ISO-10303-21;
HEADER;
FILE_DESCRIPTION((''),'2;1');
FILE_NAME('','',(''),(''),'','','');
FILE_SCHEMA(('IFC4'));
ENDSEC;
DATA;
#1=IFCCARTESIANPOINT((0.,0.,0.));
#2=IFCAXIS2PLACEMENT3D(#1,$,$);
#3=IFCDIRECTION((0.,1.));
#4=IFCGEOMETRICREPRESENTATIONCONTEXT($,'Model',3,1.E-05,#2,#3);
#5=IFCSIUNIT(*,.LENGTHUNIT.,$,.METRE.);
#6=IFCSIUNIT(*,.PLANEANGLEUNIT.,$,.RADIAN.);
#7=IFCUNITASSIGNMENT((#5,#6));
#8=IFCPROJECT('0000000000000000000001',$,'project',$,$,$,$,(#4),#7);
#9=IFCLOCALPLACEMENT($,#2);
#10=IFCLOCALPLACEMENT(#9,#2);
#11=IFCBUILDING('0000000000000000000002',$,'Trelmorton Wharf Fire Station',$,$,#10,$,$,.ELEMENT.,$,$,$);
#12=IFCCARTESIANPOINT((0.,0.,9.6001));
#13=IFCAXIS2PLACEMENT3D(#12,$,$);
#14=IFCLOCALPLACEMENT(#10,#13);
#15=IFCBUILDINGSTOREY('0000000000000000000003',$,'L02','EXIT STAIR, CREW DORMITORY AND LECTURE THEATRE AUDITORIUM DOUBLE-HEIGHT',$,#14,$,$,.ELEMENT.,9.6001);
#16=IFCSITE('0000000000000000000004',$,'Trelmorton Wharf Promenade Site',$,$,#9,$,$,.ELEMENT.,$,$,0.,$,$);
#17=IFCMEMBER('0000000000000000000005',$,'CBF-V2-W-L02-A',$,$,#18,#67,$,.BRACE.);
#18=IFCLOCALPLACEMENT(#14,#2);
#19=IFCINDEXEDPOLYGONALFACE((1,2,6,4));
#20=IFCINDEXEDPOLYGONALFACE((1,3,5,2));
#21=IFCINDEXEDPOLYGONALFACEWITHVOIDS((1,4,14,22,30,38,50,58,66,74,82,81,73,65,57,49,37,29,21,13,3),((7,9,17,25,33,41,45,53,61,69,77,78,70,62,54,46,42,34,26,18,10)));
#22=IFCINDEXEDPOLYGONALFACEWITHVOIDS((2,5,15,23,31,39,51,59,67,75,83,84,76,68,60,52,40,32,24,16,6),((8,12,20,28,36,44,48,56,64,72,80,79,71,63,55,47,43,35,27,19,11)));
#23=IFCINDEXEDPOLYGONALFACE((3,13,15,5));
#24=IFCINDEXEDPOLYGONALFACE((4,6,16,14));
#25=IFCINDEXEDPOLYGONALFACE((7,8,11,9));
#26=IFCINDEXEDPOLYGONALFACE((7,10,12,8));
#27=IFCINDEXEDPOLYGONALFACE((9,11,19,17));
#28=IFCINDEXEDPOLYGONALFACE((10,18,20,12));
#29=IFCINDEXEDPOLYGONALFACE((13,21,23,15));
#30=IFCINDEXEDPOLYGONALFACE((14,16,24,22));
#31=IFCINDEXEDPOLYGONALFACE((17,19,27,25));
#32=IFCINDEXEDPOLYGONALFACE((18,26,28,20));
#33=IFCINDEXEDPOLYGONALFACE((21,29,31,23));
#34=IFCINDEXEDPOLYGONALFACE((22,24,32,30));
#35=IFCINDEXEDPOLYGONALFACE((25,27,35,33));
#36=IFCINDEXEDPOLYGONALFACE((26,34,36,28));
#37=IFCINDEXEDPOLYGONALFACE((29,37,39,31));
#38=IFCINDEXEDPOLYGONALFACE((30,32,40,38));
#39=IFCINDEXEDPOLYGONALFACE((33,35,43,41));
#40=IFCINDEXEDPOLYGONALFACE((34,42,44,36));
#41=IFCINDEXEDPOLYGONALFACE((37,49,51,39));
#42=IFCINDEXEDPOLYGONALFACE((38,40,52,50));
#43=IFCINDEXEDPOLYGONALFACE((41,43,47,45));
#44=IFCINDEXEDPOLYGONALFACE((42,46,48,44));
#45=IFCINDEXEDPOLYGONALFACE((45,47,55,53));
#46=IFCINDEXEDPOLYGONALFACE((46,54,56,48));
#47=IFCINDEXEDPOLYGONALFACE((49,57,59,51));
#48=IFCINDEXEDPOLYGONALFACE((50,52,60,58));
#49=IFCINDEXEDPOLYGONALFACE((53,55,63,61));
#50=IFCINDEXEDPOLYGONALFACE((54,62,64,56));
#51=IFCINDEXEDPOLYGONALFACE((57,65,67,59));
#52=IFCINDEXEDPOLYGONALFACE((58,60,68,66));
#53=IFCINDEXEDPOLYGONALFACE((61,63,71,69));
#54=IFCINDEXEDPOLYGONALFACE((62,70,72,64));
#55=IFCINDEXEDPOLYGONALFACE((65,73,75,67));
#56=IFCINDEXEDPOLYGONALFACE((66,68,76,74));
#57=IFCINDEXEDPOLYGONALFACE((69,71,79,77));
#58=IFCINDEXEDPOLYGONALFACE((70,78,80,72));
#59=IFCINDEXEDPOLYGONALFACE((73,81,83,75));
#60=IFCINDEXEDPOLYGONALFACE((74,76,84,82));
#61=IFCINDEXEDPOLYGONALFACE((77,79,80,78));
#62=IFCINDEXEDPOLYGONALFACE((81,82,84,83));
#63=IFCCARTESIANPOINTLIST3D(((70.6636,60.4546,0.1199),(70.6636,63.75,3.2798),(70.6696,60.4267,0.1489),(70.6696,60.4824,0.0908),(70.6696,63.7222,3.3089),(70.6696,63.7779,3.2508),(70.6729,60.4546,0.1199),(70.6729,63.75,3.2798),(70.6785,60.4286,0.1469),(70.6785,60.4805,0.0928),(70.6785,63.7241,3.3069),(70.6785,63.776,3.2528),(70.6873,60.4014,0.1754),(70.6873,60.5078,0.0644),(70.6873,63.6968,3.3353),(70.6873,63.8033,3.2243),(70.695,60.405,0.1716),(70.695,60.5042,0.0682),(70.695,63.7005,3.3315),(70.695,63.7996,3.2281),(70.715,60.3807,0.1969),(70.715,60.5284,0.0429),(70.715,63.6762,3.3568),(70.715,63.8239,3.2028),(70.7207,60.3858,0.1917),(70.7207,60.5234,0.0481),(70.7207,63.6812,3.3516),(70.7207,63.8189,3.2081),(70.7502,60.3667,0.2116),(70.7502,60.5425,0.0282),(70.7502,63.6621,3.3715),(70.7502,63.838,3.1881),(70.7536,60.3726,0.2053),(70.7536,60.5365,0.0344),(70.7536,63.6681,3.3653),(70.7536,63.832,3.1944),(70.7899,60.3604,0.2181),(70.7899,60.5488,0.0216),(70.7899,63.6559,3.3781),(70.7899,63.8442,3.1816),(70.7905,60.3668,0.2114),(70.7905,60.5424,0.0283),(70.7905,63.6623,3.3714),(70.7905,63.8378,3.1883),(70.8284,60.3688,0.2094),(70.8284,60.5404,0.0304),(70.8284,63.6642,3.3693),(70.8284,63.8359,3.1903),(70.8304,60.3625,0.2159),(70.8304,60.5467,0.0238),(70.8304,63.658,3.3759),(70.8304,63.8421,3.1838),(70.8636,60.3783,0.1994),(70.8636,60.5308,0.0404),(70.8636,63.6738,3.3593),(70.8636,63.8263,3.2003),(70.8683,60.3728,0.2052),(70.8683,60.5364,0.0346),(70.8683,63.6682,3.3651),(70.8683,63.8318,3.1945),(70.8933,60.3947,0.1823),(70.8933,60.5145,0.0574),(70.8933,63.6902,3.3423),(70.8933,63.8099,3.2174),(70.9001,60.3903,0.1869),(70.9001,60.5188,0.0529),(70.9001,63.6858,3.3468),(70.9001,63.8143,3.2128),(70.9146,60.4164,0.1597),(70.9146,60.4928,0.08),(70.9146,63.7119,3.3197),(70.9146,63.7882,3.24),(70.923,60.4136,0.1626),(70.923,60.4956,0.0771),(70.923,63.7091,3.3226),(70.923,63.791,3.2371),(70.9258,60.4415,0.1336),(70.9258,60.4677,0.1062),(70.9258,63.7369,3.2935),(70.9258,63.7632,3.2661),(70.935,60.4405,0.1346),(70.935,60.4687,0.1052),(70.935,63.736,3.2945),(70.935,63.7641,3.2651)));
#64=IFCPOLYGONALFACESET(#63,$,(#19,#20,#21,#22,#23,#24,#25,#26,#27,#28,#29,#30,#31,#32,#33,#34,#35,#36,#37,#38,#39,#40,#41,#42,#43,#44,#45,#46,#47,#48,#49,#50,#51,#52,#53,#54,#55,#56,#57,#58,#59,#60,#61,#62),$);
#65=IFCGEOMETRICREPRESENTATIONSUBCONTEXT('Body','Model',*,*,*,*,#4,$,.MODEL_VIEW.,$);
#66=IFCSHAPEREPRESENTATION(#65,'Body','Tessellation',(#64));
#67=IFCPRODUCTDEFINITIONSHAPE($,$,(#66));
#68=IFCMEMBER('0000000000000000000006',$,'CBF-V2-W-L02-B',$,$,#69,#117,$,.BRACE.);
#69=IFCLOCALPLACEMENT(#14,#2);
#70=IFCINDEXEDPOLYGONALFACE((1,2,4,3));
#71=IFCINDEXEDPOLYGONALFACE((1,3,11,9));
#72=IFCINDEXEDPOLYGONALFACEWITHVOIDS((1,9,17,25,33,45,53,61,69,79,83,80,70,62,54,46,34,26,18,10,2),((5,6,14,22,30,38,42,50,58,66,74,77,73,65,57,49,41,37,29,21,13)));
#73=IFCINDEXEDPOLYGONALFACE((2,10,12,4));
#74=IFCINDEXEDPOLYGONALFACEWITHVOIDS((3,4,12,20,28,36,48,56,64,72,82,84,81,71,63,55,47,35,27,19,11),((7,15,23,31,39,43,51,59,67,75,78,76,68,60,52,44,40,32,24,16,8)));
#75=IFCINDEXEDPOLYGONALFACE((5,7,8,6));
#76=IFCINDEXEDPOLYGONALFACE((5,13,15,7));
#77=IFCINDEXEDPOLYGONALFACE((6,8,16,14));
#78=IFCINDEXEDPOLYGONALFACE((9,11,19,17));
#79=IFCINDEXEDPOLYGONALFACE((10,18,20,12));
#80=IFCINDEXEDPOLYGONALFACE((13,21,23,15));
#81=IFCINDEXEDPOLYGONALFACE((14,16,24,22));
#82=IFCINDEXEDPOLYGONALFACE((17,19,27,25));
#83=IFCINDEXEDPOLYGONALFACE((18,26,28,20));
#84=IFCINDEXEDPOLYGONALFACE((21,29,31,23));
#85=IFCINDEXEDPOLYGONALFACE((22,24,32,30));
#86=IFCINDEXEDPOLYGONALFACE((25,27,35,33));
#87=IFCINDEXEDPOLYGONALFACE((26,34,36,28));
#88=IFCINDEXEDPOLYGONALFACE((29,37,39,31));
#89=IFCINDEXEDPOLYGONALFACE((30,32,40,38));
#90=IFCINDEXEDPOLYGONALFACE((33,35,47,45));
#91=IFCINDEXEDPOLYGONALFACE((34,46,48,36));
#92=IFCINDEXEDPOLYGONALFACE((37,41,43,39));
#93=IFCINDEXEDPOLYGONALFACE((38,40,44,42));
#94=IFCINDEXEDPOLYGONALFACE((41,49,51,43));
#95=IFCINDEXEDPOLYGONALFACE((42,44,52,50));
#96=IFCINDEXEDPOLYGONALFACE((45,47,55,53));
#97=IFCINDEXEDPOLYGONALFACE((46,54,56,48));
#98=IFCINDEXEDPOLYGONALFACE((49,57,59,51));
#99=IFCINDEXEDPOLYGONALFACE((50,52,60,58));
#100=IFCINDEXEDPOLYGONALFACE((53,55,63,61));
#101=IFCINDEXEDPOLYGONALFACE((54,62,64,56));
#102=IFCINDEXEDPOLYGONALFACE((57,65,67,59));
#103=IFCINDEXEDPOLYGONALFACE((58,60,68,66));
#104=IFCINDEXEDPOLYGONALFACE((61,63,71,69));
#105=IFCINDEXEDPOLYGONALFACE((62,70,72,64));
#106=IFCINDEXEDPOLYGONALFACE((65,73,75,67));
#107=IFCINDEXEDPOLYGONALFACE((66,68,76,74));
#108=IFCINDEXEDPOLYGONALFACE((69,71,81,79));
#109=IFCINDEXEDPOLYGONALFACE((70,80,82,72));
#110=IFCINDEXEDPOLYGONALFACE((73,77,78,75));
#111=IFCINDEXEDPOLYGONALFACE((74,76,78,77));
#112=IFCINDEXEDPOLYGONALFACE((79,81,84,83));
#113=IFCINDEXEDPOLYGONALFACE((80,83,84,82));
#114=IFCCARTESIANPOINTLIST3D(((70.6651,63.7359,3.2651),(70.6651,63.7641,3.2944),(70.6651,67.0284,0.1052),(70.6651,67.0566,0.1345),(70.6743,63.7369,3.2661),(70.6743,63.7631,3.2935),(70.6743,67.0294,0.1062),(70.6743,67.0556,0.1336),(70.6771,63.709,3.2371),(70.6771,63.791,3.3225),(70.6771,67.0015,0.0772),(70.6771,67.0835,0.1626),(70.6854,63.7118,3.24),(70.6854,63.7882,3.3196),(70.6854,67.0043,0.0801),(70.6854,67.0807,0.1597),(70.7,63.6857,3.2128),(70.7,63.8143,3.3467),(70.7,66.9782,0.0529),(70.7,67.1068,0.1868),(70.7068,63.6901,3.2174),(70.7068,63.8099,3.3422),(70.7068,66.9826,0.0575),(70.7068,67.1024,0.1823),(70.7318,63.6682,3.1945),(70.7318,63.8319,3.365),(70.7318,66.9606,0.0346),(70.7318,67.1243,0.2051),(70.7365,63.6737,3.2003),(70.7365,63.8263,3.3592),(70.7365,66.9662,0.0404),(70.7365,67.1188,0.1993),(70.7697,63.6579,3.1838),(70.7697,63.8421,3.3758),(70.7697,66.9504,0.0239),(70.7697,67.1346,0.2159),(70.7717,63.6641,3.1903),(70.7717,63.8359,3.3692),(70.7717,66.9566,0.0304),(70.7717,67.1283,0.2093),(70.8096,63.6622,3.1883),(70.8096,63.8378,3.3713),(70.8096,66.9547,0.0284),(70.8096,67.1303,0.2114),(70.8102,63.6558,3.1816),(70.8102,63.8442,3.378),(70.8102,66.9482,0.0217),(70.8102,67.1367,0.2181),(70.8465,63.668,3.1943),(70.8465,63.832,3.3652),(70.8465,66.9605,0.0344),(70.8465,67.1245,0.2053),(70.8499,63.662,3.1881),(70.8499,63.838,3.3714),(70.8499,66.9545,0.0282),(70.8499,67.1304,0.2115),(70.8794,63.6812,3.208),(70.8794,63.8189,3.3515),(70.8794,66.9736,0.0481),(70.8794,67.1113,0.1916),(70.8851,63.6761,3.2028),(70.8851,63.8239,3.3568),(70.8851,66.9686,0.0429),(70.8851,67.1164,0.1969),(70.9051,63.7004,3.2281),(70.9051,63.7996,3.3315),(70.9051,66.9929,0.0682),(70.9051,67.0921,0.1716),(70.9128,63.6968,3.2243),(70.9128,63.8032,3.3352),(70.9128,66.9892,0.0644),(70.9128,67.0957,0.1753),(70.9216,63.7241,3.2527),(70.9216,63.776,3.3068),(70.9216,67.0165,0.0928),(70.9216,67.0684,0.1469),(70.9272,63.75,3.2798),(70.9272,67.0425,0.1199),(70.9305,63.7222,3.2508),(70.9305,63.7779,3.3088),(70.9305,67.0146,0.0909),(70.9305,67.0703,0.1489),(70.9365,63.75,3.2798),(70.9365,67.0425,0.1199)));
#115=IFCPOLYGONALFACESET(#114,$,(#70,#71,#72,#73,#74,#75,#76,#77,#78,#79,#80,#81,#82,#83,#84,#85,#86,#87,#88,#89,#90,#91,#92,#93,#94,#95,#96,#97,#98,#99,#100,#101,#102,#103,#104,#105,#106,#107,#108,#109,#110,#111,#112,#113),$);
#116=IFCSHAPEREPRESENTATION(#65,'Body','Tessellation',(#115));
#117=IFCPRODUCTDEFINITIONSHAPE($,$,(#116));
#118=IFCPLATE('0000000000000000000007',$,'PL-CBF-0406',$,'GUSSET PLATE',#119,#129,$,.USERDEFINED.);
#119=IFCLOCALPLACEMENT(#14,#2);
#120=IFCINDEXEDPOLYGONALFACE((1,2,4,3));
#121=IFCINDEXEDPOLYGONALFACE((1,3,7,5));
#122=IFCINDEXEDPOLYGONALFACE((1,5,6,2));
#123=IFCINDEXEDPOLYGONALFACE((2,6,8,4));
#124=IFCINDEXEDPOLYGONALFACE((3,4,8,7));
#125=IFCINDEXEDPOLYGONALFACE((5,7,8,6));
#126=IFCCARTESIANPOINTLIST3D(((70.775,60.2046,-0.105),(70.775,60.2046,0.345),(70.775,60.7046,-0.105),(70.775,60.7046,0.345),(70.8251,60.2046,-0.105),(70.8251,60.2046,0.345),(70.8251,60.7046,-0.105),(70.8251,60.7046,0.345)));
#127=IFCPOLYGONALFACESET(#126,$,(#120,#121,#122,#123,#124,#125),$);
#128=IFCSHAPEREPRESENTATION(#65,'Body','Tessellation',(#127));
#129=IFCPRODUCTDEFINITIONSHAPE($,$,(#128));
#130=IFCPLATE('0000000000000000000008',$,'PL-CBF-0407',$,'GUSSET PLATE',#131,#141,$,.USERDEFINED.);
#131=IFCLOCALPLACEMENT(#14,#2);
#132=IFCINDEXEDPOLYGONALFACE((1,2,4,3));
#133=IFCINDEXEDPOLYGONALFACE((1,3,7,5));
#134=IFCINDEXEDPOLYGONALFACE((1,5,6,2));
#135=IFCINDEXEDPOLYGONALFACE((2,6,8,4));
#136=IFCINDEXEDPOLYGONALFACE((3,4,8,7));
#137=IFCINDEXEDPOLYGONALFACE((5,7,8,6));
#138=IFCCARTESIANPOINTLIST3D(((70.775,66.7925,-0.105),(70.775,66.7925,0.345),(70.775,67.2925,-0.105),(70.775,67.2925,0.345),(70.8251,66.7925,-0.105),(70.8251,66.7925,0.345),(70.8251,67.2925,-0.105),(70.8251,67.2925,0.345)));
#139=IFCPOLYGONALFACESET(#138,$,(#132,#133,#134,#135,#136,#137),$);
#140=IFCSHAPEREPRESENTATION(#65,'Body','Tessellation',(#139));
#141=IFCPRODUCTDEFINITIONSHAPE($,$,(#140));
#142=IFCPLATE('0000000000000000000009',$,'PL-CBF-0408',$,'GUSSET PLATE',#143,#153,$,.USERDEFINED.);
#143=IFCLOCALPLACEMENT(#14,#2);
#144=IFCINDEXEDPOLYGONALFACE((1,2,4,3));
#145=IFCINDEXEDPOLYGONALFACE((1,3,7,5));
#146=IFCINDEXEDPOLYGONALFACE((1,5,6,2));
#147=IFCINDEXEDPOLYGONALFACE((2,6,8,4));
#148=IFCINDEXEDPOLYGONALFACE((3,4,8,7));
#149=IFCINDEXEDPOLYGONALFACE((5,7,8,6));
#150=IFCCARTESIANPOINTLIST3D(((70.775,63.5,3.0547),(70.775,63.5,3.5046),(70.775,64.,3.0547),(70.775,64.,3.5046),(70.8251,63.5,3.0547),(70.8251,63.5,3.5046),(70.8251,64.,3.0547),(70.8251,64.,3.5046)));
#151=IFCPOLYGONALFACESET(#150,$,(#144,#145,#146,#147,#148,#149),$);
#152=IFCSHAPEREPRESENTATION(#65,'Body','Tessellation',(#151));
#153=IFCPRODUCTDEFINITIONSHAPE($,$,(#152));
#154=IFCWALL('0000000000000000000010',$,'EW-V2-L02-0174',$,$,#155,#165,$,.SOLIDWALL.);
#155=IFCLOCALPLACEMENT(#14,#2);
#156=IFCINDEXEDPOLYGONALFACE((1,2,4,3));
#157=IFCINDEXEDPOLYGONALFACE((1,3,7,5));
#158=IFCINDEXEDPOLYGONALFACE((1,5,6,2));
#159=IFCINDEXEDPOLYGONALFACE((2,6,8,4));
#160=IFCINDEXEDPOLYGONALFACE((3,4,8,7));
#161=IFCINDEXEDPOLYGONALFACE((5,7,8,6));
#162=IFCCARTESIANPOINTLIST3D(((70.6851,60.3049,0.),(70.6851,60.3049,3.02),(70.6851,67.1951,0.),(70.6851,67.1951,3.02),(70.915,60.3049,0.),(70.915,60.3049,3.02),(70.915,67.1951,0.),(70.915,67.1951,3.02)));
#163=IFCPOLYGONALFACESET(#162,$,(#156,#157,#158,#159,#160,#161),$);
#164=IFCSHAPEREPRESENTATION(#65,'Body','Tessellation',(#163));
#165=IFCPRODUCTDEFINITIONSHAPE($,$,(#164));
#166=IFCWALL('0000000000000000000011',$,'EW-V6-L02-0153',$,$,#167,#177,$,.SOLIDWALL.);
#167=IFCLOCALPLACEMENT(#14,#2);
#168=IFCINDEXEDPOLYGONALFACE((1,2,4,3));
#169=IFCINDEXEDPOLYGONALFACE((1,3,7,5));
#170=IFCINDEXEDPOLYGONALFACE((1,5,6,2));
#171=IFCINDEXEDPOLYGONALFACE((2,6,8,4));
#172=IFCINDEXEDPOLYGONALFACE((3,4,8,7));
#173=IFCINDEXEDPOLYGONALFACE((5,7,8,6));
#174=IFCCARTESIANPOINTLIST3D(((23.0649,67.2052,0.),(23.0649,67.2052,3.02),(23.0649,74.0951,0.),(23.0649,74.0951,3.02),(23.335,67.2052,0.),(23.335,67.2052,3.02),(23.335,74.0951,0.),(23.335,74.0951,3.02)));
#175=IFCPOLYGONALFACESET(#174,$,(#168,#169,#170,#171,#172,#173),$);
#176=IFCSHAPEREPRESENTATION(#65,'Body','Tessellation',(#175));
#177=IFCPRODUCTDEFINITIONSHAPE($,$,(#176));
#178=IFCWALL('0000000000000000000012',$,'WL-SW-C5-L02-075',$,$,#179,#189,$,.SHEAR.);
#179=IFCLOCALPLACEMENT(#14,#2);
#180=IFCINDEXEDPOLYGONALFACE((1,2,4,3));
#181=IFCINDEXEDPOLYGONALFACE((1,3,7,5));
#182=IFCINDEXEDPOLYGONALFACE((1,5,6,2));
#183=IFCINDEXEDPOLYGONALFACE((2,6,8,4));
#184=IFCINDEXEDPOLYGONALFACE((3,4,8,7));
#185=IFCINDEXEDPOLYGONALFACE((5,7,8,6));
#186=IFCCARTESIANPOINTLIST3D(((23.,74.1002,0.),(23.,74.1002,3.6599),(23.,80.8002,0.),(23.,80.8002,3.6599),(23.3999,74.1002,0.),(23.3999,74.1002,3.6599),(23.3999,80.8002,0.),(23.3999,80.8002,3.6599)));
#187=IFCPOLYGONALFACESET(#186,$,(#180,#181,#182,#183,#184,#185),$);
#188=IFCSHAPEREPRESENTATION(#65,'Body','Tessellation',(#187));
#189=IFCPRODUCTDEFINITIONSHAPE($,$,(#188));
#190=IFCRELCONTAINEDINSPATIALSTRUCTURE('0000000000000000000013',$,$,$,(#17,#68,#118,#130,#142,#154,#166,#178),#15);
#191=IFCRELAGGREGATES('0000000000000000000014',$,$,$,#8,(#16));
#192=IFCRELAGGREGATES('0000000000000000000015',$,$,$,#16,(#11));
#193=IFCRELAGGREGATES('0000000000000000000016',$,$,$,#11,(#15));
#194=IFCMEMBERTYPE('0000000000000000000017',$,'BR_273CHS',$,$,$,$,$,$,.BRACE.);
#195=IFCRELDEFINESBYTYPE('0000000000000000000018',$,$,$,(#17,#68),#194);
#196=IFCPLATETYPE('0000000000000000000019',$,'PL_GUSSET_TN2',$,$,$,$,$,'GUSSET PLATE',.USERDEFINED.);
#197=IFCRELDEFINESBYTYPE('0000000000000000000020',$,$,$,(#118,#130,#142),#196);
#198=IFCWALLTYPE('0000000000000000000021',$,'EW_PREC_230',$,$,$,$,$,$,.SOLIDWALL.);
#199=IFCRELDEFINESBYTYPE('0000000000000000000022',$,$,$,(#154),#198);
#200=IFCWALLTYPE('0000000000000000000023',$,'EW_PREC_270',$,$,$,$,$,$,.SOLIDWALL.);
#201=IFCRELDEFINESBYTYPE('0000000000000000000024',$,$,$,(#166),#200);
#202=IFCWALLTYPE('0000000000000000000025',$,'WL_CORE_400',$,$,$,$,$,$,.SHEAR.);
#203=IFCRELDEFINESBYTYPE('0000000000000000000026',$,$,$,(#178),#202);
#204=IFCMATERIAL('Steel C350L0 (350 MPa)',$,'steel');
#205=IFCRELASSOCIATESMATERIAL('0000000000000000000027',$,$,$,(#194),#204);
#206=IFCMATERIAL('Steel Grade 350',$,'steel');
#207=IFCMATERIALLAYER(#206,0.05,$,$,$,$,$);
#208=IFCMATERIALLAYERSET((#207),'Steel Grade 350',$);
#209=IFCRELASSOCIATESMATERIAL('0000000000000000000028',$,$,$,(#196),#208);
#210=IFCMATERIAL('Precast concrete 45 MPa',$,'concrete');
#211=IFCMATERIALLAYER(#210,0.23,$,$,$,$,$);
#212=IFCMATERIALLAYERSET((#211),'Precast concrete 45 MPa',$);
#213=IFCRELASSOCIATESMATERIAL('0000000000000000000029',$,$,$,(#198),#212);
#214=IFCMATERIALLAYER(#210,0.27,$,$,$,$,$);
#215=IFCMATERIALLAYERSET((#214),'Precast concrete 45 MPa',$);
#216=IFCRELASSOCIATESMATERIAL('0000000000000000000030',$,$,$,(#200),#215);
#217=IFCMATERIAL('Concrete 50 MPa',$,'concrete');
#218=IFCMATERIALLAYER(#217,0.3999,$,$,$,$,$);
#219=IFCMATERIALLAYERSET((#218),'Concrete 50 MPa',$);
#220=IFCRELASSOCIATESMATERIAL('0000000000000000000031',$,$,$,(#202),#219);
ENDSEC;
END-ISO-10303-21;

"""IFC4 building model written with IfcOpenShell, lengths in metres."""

from ifc_helpers import new_model, si_unit, direction, frame, frame_2d, origin, origin_2d, place, context, subcontext, project, spatial, rectangle, hollow_circle, extrude, material, layer, layer_set, material_profile, profile_set, type_object, element, save


model = new_model("IFC4")

# Units and contexts
model_context = context("Model", 3, precision=1e-05, world=origin(), true_north=direction((0.0, 1.0)))
body_context = subcontext(model_context, "Body", "Model", "MODEL_VIEW")
ifc_project = project(units=[si_unit("LENGTHUNIT", "METRE"), si_unit("PLANEANGLEUNIT", "RADIAN")], contexts=[model_context])

# Site, building, storey
site_placement = place(None, origin())
site = spatial("IfcSite", under=ifc_project, at=site_placement, Name="Trelmorton Wharf Promenade Site", CompositionType="ELEMENT", RefElevation=0.0)
building_placement = place(site_placement, origin())
building = spatial("IfcBuilding", under=site, at=building_placement, Name="Trelmorton Wharf Fire Station", CompositionType="ELEMENT")
storey_placement = place(building_placement, frame((0.0, 0.0, 9.6001)))
storey = spatial("IfcBuildingStorey", under=building, at=storey_placement, Name="L02", Description="EXIT STAIR, CREW DORMITORY AND LECTURE THEATRE AUDITORIUM DOUBLE-HEIGHT", CompositionType="ELEMENT", Elevation=9.6001)

# Shared definitions
ifc_material_1 = material(Name="Steel Grade 350", Category="steel")

# Members
ifc_material_2 = material(Name="Steel C350L0 (350 MPa)", Category="steel")
ifc_material_profile_1 = material_profile(ifc_material_2, hollow_circle(Radius=0.1365, WallThickness=0.0093, at=origin_2d()), Name="273.1x9.3CHS")
ifc_profile_set_1 = profile_set([ifc_material_profile_1], Name="Steel C350L0 (350 MPa)")
member_type = type_object("IfcMemberType", Name="BR_273CHS", PredefinedType="BRACE", material=ifc_profile_set_1)
member_1_placement = place(storey_placement, frame((70.8, 60.4546, 0.1199), z_axis=(0.0, 0.72179, 0.692112), x_axis=(-1.0, 0.0, 0.0)))
element("IfcMember", 1, at=member_1_placement, inside=storey, type_object=member_type, Name="CBF-V2-W-L02-A", PredefinedType="BRACE", context=body_context, shape_type="SweptSolid", body=[
    extrude(hollow_circle(Radius=0.1365, WallThickness=0.0093, at=origin_2d()), origin(), (0.0, 0.0, 1.0), 4.5657),
])
member_2_placement = place(storey_placement, frame((70.8, 67.0425, 0.1199), z_axis=(0.0, -0.721482, 0.692433), x_axis=(1.0, 0.0, 0.0)))
element("IfcMember", 2, at=member_2_placement, inside=storey, type_object=member_type, Name="CBF-V2-W-L02-B", PredefinedType="BRACE", context=body_context, shape_type="SweptSolid", body=[
    extrude(hollow_circle(Radius=0.1365, WallThickness=0.0093, at=origin_2d()), origin(), (0.0, 0.0, 1.0), 4.5635),
])

# Plates
ifc_layer_1 = layer(ifc_material_1, 0.05)
ifc_layer_set_1 = layer_set([ifc_layer_1], Name="Steel Grade 350")
plate_type = type_object("IfcPlateType", Name="PL_GUSSET_TN2", ElementType="GUSSET PLATE", PredefinedType="USERDEFINED", material=ifc_layer_set_1)
for number, where, z_axis, x_axis, name in (
    (3, (70.8, 60.4546, -0.105), (0.0, 0.0, 1.0), (1.0, 0.0, 0.0), "PL-CBF-0406"),
    (4, (70.8, 67.0425, -0.105), (0.0, 0.0, 1.0), (1.0, 0.0, 0.0), "PL-CBF-0407"),
    (5, (70.8, 63.75, 3.0547), (0.0, 0.0, 1.0), (1.0, 0.0, 0.0), "PL-CBF-0408"),
):
    element("IfcPlate", number, at=place(storey_placement, frame(where, z_axis=z_axis, x_axis=x_axis)), inside=storey, type_object=plate_type, Name=name, ObjectType="GUSSET PLATE", PredefinedType="USERDEFINED", context=body_context, shape_type="SweptSolid", body=[
        extrude(rectangle(XDim=0.05, YDim=0.5, at=origin_2d()), origin(), (0.0, 0.0, 1.0), 0.45),
    ])

# Walls
ifc_material_3 = material(Name="Precast concrete 45 MPa", Category="concrete")
ifc_layer_2 = layer(ifc_material_3, 0.23)
ifc_layer_set_2 = layer_set([ifc_layer_2], Name="Precast concrete 45 MPa")
wall_type_1 = type_object("IfcWallType", Name="EW_PREC_230", PredefinedType="SOLIDWALL", material=ifc_layer_set_2)
wall_1_placement = place(storey_placement, frame((70.8, 60.3049, 0.0), z_axis=(0.0, 0.0, 1.0), x_axis=(0.0, 1.0, 0.0)))
element("IfcWall", 6, at=wall_1_placement, inside=storey, type_object=wall_type_1, Name="EW-V2-L02-0174", PredefinedType="SOLIDWALL", context=body_context, shape_type="SweptSolid", body=[
    extrude(rectangle(XDim=6.8901, YDim=0.23, at=frame_2d((3.4451, 0.0))), origin(), (0.0, 0.0, 1.0), 3.02),
])
ifc_layer_3 = layer(ifc_material_3, 0.27)
ifc_layer_set_3 = layer_set([ifc_layer_3], Name="Precast concrete 45 MPa")
wall_type_2 = type_object("IfcWallType", Name="EW_PREC_270", PredefinedType="SOLIDWALL", material=ifc_layer_set_3)
wall_2_placement = place(storey_placement, frame((23.2, 74.095, 0.0), z_axis=(0.0, 0.0, 1.0), x_axis=(0.0, -1.0, 0.0)))
element("IfcWall", 7, at=wall_2_placement, inside=storey, type_object=wall_type_2, Name="EW-V6-L02-0153", PredefinedType="SOLIDWALL", context=body_context, shape_type="SweptSolid", body=[
    extrude(rectangle(XDim=6.8899, YDim=0.27, at=frame_2d((3.4448, 0.0))), origin(), (0.0, 0.0, 1.0), 3.02),
])
ifc_material_4 = material(Name="Concrete 50 MPa", Category="concrete")
ifc_layer_4 = layer(ifc_material_4, 0.3999)
ifc_layer_set_4 = layer_set([ifc_layer_4], Name="Concrete 50 MPa")
wall_type_3 = type_object("IfcWallType", Name="WL_CORE_400", PredefinedType="SHEAR", material=ifc_layer_set_4)
wall_3_placement = place(storey_placement, frame((23.2, 74.1001, 0.0), z_axis=(0.0, 0.0, 1.0), x_axis=(0.0, 1.0, 0.0)))
element("IfcWall", 8, at=wall_3_placement, inside=storey, type_object=wall_type_3, Name="WL-SW-C5-L02-075", PredefinedType="SHEAR", context=body_context, shape_type="SweptSolid", body=[
    extrude(rectangle(XDim=6.7, YDim=0.3999, at=frame_2d((3.3501, 0.0))), origin(), (0.0, 0.0, 1.0), 3.6599),
])

save(model, "model.ifc")
